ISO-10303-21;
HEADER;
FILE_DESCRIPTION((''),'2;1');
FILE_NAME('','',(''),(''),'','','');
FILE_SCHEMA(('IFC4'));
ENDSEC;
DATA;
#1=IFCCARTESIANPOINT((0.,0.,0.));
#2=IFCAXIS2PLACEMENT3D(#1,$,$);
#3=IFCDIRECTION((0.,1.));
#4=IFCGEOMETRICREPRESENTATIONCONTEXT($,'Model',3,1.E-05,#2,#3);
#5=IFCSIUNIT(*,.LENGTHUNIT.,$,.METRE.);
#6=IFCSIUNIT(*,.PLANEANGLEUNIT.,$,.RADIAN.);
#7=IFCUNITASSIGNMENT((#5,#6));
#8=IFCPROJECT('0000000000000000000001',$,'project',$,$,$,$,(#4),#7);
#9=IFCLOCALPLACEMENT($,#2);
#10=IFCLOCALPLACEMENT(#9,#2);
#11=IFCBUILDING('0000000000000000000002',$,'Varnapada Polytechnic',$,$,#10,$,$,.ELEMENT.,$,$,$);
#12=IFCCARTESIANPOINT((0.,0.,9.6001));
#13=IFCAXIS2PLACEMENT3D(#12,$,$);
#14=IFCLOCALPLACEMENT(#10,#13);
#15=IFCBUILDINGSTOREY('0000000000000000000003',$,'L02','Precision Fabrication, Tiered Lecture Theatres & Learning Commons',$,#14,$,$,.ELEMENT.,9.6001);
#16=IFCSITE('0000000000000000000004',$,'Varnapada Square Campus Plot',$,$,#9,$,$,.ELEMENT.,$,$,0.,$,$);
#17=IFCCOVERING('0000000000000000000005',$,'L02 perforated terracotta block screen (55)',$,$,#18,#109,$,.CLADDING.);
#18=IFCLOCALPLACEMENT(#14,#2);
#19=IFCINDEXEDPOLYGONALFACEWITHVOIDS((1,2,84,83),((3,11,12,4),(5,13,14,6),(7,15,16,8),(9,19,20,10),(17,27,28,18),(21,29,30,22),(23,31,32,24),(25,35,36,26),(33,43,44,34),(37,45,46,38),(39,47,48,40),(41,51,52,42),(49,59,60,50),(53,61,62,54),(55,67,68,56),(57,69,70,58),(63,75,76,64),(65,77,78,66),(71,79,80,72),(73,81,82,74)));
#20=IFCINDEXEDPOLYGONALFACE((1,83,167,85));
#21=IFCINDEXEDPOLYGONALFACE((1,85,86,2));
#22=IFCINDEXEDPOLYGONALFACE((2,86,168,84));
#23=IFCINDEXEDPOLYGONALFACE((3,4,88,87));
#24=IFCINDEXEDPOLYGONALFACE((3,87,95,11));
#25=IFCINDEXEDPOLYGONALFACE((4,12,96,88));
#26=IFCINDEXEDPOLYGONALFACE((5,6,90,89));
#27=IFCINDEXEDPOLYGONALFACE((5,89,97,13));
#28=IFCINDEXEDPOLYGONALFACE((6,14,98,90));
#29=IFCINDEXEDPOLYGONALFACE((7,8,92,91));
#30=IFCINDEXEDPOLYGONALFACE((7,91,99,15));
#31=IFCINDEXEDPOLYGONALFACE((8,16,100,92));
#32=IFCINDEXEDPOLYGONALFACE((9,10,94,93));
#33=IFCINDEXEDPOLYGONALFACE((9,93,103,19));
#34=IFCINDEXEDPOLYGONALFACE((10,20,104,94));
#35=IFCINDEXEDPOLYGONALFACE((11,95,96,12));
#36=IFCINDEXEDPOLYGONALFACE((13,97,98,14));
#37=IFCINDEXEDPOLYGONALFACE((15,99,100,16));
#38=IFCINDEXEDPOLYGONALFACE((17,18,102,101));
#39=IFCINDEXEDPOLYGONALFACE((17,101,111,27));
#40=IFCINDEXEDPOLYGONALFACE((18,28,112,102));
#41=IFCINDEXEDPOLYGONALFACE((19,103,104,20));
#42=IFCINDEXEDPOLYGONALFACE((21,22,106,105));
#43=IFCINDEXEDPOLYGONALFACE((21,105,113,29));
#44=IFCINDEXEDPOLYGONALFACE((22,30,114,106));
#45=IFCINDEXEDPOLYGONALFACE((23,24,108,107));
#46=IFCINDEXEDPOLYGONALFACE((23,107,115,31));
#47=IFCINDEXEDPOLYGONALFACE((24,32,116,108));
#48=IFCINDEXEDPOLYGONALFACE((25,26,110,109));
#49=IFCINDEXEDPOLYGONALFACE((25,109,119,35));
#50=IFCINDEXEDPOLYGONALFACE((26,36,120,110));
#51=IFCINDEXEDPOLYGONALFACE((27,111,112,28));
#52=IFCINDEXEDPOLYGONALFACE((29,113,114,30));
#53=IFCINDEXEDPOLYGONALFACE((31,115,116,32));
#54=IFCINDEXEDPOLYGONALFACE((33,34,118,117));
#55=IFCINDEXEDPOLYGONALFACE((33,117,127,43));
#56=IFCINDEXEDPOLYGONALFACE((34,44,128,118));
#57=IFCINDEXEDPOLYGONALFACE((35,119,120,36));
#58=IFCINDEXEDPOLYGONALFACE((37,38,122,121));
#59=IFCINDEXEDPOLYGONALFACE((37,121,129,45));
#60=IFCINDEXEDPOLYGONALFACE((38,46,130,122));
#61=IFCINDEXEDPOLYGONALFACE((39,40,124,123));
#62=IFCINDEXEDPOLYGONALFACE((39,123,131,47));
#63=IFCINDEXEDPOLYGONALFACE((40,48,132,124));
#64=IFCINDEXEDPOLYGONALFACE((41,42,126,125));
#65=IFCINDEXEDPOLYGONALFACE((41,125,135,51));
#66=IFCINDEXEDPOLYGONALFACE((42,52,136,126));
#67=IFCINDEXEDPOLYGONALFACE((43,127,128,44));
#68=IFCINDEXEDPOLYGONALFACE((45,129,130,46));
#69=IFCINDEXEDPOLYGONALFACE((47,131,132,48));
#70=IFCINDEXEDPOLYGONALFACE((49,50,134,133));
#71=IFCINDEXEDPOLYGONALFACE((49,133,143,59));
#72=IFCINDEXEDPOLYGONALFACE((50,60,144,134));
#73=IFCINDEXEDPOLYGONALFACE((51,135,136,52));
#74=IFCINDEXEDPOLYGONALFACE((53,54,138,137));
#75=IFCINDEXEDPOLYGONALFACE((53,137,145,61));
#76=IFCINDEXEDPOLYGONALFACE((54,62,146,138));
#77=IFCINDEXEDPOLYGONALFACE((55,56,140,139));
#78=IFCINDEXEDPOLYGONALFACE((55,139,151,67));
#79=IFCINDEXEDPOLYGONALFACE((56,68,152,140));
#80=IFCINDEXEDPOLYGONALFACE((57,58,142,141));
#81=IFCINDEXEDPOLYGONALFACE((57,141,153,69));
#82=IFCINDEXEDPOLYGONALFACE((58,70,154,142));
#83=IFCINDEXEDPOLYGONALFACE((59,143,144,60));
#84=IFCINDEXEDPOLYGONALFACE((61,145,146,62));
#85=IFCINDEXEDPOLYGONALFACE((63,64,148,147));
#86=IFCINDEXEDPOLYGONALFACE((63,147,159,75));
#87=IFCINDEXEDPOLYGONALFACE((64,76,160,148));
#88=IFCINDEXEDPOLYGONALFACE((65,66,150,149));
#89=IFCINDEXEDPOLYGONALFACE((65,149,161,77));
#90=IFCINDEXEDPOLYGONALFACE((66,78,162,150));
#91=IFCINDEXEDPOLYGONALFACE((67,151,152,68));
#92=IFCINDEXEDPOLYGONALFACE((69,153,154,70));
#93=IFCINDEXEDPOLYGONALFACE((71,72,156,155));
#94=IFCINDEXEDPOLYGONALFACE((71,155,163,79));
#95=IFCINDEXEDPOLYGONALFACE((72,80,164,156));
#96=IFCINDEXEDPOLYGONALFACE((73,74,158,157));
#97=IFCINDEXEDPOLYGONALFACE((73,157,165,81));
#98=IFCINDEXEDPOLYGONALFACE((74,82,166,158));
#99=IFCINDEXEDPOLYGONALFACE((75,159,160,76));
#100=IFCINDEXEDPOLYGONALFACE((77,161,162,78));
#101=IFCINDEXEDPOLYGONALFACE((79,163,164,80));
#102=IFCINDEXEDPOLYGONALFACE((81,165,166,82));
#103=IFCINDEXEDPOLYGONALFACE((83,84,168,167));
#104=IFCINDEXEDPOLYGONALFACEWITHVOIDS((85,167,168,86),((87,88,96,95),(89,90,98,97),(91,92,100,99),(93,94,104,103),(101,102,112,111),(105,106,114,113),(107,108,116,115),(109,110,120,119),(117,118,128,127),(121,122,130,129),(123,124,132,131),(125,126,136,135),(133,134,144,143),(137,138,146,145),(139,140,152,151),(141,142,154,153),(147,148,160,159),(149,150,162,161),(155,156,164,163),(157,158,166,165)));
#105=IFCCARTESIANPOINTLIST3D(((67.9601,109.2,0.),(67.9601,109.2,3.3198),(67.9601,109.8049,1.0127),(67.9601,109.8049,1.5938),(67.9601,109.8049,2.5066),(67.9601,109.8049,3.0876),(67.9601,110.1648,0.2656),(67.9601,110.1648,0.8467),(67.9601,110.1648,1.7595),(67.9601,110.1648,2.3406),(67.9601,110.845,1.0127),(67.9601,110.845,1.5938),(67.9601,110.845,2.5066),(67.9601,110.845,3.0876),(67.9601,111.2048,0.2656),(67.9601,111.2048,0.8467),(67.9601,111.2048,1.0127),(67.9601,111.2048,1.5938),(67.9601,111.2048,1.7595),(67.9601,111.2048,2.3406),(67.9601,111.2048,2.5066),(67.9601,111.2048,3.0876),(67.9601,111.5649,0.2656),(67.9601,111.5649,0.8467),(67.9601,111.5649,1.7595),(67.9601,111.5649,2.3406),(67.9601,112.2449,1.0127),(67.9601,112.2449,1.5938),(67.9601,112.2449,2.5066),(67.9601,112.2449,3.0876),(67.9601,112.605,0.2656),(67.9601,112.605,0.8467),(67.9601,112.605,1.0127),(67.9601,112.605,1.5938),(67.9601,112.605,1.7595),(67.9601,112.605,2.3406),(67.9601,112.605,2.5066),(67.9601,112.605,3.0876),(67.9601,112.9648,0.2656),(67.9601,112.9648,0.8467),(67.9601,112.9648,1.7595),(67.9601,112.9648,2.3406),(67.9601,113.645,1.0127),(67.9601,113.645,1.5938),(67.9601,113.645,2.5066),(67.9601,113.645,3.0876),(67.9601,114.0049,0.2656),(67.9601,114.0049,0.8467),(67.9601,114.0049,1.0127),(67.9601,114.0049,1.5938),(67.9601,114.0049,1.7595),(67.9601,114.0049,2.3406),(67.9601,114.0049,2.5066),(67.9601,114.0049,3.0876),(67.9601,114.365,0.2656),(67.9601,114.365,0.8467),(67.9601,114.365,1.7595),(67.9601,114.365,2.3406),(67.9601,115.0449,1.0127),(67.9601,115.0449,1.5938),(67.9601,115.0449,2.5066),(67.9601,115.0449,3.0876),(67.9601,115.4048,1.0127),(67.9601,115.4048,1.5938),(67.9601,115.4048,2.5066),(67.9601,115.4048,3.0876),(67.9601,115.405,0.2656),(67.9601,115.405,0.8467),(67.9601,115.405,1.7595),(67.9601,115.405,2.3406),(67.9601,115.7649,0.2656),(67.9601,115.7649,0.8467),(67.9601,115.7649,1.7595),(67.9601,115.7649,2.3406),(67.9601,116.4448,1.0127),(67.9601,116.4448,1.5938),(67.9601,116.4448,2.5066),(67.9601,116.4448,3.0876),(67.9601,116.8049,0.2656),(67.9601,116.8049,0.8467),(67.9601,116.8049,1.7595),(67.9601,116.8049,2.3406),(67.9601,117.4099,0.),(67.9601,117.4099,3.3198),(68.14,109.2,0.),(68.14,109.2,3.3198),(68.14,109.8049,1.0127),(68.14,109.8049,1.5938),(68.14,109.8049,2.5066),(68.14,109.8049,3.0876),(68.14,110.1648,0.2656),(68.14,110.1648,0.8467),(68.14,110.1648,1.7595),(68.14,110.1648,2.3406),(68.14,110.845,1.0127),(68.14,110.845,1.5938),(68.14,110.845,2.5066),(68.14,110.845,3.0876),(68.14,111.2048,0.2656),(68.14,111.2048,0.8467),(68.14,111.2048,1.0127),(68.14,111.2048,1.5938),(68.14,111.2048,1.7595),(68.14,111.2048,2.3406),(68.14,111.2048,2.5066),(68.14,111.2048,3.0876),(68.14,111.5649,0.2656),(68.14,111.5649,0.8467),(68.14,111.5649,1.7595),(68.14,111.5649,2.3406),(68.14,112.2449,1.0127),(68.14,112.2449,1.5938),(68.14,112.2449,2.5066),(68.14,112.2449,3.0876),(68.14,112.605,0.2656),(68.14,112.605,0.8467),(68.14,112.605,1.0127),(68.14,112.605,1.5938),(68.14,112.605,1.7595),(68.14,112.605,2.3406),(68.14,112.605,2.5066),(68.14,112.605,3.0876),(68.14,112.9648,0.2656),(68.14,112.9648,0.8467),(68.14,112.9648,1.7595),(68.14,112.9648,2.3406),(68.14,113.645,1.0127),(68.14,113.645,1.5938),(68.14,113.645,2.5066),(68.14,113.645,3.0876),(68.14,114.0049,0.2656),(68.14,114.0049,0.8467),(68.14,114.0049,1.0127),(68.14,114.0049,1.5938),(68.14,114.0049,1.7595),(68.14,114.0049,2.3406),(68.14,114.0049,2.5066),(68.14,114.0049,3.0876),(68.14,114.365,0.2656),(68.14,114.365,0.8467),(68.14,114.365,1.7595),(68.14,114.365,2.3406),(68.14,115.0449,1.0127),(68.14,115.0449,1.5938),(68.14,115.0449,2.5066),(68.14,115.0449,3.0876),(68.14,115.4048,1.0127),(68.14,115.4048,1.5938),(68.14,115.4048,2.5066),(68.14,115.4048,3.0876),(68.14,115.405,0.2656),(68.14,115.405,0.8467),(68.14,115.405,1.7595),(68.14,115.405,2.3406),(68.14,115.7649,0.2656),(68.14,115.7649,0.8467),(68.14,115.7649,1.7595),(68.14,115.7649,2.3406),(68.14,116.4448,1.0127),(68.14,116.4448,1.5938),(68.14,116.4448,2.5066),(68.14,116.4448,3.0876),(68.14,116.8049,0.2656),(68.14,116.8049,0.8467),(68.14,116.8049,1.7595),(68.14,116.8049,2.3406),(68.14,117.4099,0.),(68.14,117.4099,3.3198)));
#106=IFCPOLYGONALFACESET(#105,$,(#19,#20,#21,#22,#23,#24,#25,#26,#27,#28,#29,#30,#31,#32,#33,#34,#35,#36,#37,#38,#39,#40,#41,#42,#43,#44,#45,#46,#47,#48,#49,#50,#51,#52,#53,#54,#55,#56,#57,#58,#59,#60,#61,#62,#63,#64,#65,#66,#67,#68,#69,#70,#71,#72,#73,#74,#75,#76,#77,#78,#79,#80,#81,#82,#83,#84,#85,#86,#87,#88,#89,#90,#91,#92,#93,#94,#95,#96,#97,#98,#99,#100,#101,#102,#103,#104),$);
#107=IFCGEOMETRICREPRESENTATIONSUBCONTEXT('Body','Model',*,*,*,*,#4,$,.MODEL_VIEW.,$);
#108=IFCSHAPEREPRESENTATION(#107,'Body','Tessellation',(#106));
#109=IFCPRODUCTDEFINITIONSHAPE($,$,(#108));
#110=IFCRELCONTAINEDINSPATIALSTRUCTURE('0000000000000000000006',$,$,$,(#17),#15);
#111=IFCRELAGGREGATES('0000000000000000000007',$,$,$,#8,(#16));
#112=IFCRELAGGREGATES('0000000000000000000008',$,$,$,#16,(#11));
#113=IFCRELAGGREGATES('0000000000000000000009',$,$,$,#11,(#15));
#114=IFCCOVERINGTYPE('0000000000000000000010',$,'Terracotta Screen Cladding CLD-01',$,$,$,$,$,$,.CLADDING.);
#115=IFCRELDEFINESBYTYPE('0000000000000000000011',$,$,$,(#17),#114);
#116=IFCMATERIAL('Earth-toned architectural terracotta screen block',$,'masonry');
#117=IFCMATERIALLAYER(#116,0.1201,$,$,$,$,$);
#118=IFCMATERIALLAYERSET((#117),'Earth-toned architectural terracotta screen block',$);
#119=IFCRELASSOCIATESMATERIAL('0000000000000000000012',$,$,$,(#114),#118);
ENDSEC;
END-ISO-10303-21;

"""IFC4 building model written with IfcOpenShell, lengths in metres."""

from ifc_helpers import new_model, si_unit, direction, frame, frame_2d, origin, place, context, subcontext, project, spatial, rectangle, extrude, material, layer, layer_set, type_object, element, save


model = new_model("IFC4")

# Units and contexts
model_context = context("Model", 3, precision=1e-05, world=origin(), true_north=direction((0.0, 1.0)))
body_context = subcontext(model_context, "Body", "Model", "MODEL_VIEW")
ifc_project = project(units=[si_unit("LENGTHUNIT", "METRE"), si_unit("PLANEANGLEUNIT", "RADIAN")], contexts=[model_context])

# Site, building, storey
site_placement = place(None, origin())
site = spatial("IfcSite", under=ifc_project, at=site_placement, Name="Varnapada Square Campus Plot", CompositionType="ELEMENT", RefElevation=0.0)
building_placement = place(site_placement, origin())
building = spatial("IfcBuilding", under=site, at=building_placement, Name="Varnapada Polytechnic", CompositionType="ELEMENT")
storey_placement = place(building_placement, frame((0.0, 0.0, 9.6001)))
storey = spatial("IfcBuildingStorey", under=building, at=storey_placement, Name="L02", Description="Precision Fabrication, Tiered Lecture Theatres & Learning Commons", CompositionType="ELEMENT", Elevation=9.6001)

# Covering, openings
ifc_material_1 = material(Name="Earth-toned architectural terracotta screen block", Category="masonry")
ifc_layer_1 = layer(ifc_material_1, 0.1201)
ifc_layer_set_1 = layer_set([ifc_layer_1], Name="Earth-toned architectural terracotta screen block")
covering_type = type_object("IfcCoveringType", Name="Terracotta Screen Cladding CLD-01", PredefinedType="CLADDING", material=ifc_layer_set_1)
covering_placement = place(storey_placement, frame((68.05, 117.4099, 0.0), z_axis=(0.0, 0.0, 1.0), x_axis=(0.0, -1.0, 0.0)))
covering = element("IfcCovering", 1, at=covering_placement, inside=storey, type_object=covering_type, Name="L02 perforated terracotta block screen (55)", PredefinedType="CLADDING", context=body_context, shape_type="SweptSolid", body=[
    extrude(rectangle(XDim=8.21, YDim=0.1799, at=frame_2d((4.105, 0.0))), origin(), (0.0, 0.0, 1.0), 3.3198),
])
opening_1_placement = place(covering_placement, frame((0.605, 0.0, 0.2656)))
element("IfcOpeningElement", 2, at=opening_1_placement, cuts=covering, PredefinedType="OPENING", context=body_context, shape_type="SweptSolid", body=[
    extrude(rectangle(XDim=1.04, YDim=0.5811, at=frame_2d((0.52, 0.2905))), frame((0.0, 0.0999, 0.0), z_axis=(0.0, -1.0, 0.0), x_axis=(1.0, 0.0, 0.0)), (0.0, 0.0, 1.0), 0.2),
])
opening_2_placement = place(covering_placement, frame((2.0049, 0.0, 0.2656)))
element("IfcOpeningElement", 3, at=opening_2_placement, cuts=covering, PredefinedType="OPENING", context=body_context, shape_type="SweptSolid", body=[
    extrude(rectangle(XDim=1.04, YDim=0.5811, at=frame_2d((0.52, 0.2905))), frame((0.0, 0.0999, 0.0), z_axis=(0.0, -1.0, 0.0), x_axis=(1.0, 0.0, 0.0)), (0.0, 0.0, 1.0), 0.2),
])
opening_3_placement = place(covering_placement, frame((3.405, 0.0, 0.2656)))
element("IfcOpeningElement", 4, at=opening_3_placement, cuts=covering, PredefinedType="OPENING", context=body_context, shape_type="SweptSolid", body=[
    extrude(rectangle(XDim=1.04, YDim=0.5811, at=frame_2d((0.52, 0.2905))), frame((0.0, 0.0999, 0.0), z_axis=(0.0, -1.0, 0.0), x_axis=(1.0, 0.0, 0.0)), (0.0, 0.0, 1.0), 0.2),
])
opening_4_placement = place(covering_placement, frame((4.8049, 0.0, 0.2656)))
element("IfcOpeningElement", 5, at=opening_4_placement, cuts=covering, PredefinedType="OPENING", context=body_context, shape_type="SweptSolid", body=[
    extrude(rectangle(XDim=1.04, YDim=0.5811, at=frame_2d((0.52, 0.2905))), frame((0.0, 0.0999, 0.0), z_axis=(0.0, -1.0, 0.0), x_axis=(1.0, 0.0, 0.0)), (0.0, 0.0, 1.0), 0.2),
])
opening_5_placement = place(covering_placement, frame((6.2051, 0.0, 0.2656)))
element("IfcOpeningElement", 6, at=opening_5_placement, cuts=covering, PredefinedType="OPENING", context=body_context, shape_type="SweptSolid", body=[
    extrude(rectangle(XDim=1.04, YDim=0.5811, at=frame_2d((0.52, 0.2905))), frame((0.0, 0.0999, 0.0), z_axis=(0.0, -1.0, 0.0), x_axis=(1.0, 0.0, 0.0)), (0.0, 0.0, 1.0), 0.2),
])
opening_6_placement = place(covering_placement, frame((0.9651, 0.0, 1.0127)))
element("IfcOpeningElement", 7, at=opening_6_placement, cuts=covering, PredefinedType="OPENING", context=body_context, shape_type="SweptSolid", body=[
    extrude(rectangle(XDim=1.04, YDim=0.5811, at=frame_2d((0.52, 0.2905))), frame((0.0, 0.0999, 0.0), z_axis=(0.0, -1.0, 0.0), x_axis=(1.0, 0.0, 0.0)), (0.0, 0.0, 1.0), 0.2),
])
opening_7_placement = place(covering_placement, frame((2.365, 0.0, 1.0127)))
element("IfcOpeningElement", 8, at=opening_7_placement, cuts=covering, PredefinedType="OPENING", context=body_context, shape_type="SweptSolid", body=[
    extrude(rectangle(XDim=1.04, YDim=0.5811, at=frame_2d((0.52, 0.2905))), frame((0.0, 0.0999, 0.0), z_axis=(0.0, -1.0, 0.0), x_axis=(1.0, 0.0, 0.0)), (0.0, 0.0, 1.0), 0.2),
])
opening_8_placement = place(covering_placement, frame((3.7649, 0.0, 1.0127)))
element("IfcOpeningElement", 9, at=opening_8_placement, cuts=covering, PredefinedType="OPENING", context=body_context, shape_type="SweptSolid", body=[
    extrude(rectangle(XDim=1.04, YDim=0.5811, at=frame_2d((0.52, 0.2905))), frame((0.0, 0.0999, 0.0), z_axis=(0.0, -1.0, 0.0), x_axis=(1.0, 0.0, 0.0)), (0.0, 0.0, 1.0), 0.2),
])
opening_9_placement = place(covering_placement, frame((5.165, 0.0, 1.0127)))
element("IfcOpeningElement", 10, at=opening_9_placement, cuts=covering, PredefinedType="OPENING", context=body_context, shape_type="SweptSolid", body=[
    extrude(rectangle(XDim=1.04, YDim=0.5811, at=frame_2d((0.52, 0.2905))), frame((0.0, 0.0999, 0.0), z_axis=(0.0, -1.0, 0.0), x_axis=(1.0, 0.0, 0.0)), (0.0, 0.0, 1.0), 0.2),
])
opening_10_placement = place(covering_placement, frame((6.5649, 0.0, 1.0127)))
element("IfcOpeningElement", 11, at=opening_10_placement, cuts=covering, PredefinedType="OPENING", context=body_context, shape_type="SweptSolid", body=[
    extrude(rectangle(XDim=1.04, YDim=0.5811, at=frame_2d((0.52, 0.2905))), frame((0.0, 0.0999, 0.0), z_axis=(0.0, -1.0, 0.0), x_axis=(1.0, 0.0, 0.0)), (0.0, 0.0, 1.0), 0.2),
])
opening_11_placement = place(covering_placement, frame((0.605, 0.0, 1.7595)))
element("IfcOpeningElement", 12, at=opening_11_placement, cuts=covering, PredefinedType="OPENING", context=body_context, shape_type="SweptSolid", body=[
    extrude(rectangle(XDim=1.04, YDim=0.5811, at=frame_2d((0.52, 0.2905))), frame((0.0, 0.0999, 0.0), z_axis=(0.0, -1.0, 0.0), x_axis=(1.0, 0.0, 0.0)), (0.0, 0.0, 1.0), 0.2),
])
opening_12_placement = place(covering_placement, frame((2.0049, 0.0, 1.7595)))
element("IfcOpeningElement", 13, at=opening_12_placement, cuts=covering, PredefinedType="OPENING", context=body_context, shape_type="SweptSolid", body=[
    extrude(rectangle(XDim=1.04, YDim=0.5811, at=frame_2d((0.52, 0.2905))), frame((0.0, 0.0999, 0.0), z_axis=(0.0, -1.0, 0.0), x_axis=(1.0, 0.0, 0.0)), (0.0, 0.0, 1.0), 0.2),
])
opening_13_placement = place(covering_placement, frame((3.405, 0.0, 1.7595)))
element("IfcOpeningElement", 14, at=opening_13_placement, cuts=covering, PredefinedType="OPENING", context=body_context, shape_type="SweptSolid", body=[
    extrude(rectangle(XDim=1.04, YDim=0.5811, at=frame_2d((0.52, 0.2905))), frame((0.0, 0.0999, 0.0), z_axis=(0.0, -1.0, 0.0), x_axis=(1.0, 0.0, 0.0)), (0.0, 0.0, 1.0), 0.2),
])
opening_14_placement = place(covering_placement, frame((4.8049, 0.0, 1.7595)))
element("IfcOpeningElement", 15, at=opening_14_placement, cuts=covering, PredefinedType="OPENING", context=body_context, shape_type="SweptSolid", body=[
    extrude(rectangle(XDim=1.04, YDim=0.5811, at=frame_2d((0.52, 0.2905))), frame((0.0, 0.0999, 0.0), z_axis=(0.0, -1.0, 0.0), x_axis=(1.0, 0.0, 0.0)), (0.0, 0.0, 1.0), 0.2),
])
opening_15_placement = place(covering_placement, frame((6.2051, 0.0, 1.7595)))
element("IfcOpeningElement", 16, at=opening_15_placement, cuts=covering, PredefinedType="OPENING", context=body_context, shape_type="SweptSolid", body=[
    extrude(rectangle(XDim=1.04, YDim=0.5811, at=frame_2d((0.52, 0.2905))), frame((0.0, 0.0999, 0.0), z_axis=(0.0, -1.0, 0.0), x_axis=(1.0, 0.0, 0.0)), (0.0, 0.0, 1.0), 0.2),
])
opening_16_placement = place(covering_placement, frame((0.9651, 0.0, 2.5066)))
element("IfcOpeningElement", 17, at=opening_16_placement, cuts=covering, PredefinedType="OPENING", context=body_context, shape_type="SweptSolid", body=[
    extrude(rectangle(XDim=1.04, YDim=0.5811, at=frame_2d((0.52, 0.2905))), frame((0.0, 0.0999, 0.0), z_axis=(0.0, -1.0, 0.0), x_axis=(1.0, 0.0, 0.0)), (0.0, 0.0, 1.0), 0.2),
])
opening_17_placement = place(covering_placement, frame((2.365, 0.0, 2.5066)))
element("IfcOpeningElement", 18, at=opening_17_placement, cuts=covering, PredefinedType="OPENING", context=body_context, shape_type="SweptSolid", body=[
    extrude(rectangle(XDim=1.04, YDim=0.5811, at=frame_2d((0.52, 0.2905))), frame((0.0, 0.0999, 0.0), z_axis=(0.0, -1.0, 0.0), x_axis=(1.0, 0.0, 0.0)), (0.0, 0.0, 1.0), 0.2),
])
opening_18_placement = place(covering_placement, frame((3.7649, 0.0, 2.5066)))
element("IfcOpeningElement", 19, at=opening_18_placement, cuts=covering, PredefinedType="OPENING", context=body_context, shape_type="SweptSolid", body=[
    extrude(rectangle(XDim=1.04, YDim=0.5811, at=frame_2d((0.52, 0.2905))), frame((0.0, 0.0999, 0.0), z_axis=(0.0, -1.0, 0.0), x_axis=(1.0, 0.0, 0.0)), (0.0, 0.0, 1.0), 0.2),
])
opening_19_placement = place(covering_placement, frame((5.165, 0.0, 2.5066)))
element("IfcOpeningElement", 20, at=opening_19_placement, cuts=covering, PredefinedType="OPENING", context=body_context, shape_type="SweptSolid", body=[
    extrude(rectangle(XDim=1.04, YDim=0.5811, at=frame_2d((0.52, 0.2905))), frame((0.0, 0.0999, 0.0), z_axis=(0.0, -1.0, 0.0), x_axis=(1.0, 0.0, 0.0)), (0.0, 0.0, 1.0), 0.2),
])
opening_20_placement = place(covering_placement, frame((6.5649, 0.0, 2.5066)))
element("IfcOpeningElement", 21, at=opening_20_placement, cuts=covering, PredefinedType="OPENING", context=body_context, shape_type="SweptSolid", body=[
    extrude(rectangle(XDim=1.04, YDim=0.5811, at=frame_2d((0.52, 0.2905))), frame((0.0, 0.0999, 0.0), z_axis=(0.0, -1.0, 0.0), x_axis=(1.0, 0.0, 0.0)), (0.0, 0.0, 1.0), 0.2),
])

save(model, "model.ifc")
